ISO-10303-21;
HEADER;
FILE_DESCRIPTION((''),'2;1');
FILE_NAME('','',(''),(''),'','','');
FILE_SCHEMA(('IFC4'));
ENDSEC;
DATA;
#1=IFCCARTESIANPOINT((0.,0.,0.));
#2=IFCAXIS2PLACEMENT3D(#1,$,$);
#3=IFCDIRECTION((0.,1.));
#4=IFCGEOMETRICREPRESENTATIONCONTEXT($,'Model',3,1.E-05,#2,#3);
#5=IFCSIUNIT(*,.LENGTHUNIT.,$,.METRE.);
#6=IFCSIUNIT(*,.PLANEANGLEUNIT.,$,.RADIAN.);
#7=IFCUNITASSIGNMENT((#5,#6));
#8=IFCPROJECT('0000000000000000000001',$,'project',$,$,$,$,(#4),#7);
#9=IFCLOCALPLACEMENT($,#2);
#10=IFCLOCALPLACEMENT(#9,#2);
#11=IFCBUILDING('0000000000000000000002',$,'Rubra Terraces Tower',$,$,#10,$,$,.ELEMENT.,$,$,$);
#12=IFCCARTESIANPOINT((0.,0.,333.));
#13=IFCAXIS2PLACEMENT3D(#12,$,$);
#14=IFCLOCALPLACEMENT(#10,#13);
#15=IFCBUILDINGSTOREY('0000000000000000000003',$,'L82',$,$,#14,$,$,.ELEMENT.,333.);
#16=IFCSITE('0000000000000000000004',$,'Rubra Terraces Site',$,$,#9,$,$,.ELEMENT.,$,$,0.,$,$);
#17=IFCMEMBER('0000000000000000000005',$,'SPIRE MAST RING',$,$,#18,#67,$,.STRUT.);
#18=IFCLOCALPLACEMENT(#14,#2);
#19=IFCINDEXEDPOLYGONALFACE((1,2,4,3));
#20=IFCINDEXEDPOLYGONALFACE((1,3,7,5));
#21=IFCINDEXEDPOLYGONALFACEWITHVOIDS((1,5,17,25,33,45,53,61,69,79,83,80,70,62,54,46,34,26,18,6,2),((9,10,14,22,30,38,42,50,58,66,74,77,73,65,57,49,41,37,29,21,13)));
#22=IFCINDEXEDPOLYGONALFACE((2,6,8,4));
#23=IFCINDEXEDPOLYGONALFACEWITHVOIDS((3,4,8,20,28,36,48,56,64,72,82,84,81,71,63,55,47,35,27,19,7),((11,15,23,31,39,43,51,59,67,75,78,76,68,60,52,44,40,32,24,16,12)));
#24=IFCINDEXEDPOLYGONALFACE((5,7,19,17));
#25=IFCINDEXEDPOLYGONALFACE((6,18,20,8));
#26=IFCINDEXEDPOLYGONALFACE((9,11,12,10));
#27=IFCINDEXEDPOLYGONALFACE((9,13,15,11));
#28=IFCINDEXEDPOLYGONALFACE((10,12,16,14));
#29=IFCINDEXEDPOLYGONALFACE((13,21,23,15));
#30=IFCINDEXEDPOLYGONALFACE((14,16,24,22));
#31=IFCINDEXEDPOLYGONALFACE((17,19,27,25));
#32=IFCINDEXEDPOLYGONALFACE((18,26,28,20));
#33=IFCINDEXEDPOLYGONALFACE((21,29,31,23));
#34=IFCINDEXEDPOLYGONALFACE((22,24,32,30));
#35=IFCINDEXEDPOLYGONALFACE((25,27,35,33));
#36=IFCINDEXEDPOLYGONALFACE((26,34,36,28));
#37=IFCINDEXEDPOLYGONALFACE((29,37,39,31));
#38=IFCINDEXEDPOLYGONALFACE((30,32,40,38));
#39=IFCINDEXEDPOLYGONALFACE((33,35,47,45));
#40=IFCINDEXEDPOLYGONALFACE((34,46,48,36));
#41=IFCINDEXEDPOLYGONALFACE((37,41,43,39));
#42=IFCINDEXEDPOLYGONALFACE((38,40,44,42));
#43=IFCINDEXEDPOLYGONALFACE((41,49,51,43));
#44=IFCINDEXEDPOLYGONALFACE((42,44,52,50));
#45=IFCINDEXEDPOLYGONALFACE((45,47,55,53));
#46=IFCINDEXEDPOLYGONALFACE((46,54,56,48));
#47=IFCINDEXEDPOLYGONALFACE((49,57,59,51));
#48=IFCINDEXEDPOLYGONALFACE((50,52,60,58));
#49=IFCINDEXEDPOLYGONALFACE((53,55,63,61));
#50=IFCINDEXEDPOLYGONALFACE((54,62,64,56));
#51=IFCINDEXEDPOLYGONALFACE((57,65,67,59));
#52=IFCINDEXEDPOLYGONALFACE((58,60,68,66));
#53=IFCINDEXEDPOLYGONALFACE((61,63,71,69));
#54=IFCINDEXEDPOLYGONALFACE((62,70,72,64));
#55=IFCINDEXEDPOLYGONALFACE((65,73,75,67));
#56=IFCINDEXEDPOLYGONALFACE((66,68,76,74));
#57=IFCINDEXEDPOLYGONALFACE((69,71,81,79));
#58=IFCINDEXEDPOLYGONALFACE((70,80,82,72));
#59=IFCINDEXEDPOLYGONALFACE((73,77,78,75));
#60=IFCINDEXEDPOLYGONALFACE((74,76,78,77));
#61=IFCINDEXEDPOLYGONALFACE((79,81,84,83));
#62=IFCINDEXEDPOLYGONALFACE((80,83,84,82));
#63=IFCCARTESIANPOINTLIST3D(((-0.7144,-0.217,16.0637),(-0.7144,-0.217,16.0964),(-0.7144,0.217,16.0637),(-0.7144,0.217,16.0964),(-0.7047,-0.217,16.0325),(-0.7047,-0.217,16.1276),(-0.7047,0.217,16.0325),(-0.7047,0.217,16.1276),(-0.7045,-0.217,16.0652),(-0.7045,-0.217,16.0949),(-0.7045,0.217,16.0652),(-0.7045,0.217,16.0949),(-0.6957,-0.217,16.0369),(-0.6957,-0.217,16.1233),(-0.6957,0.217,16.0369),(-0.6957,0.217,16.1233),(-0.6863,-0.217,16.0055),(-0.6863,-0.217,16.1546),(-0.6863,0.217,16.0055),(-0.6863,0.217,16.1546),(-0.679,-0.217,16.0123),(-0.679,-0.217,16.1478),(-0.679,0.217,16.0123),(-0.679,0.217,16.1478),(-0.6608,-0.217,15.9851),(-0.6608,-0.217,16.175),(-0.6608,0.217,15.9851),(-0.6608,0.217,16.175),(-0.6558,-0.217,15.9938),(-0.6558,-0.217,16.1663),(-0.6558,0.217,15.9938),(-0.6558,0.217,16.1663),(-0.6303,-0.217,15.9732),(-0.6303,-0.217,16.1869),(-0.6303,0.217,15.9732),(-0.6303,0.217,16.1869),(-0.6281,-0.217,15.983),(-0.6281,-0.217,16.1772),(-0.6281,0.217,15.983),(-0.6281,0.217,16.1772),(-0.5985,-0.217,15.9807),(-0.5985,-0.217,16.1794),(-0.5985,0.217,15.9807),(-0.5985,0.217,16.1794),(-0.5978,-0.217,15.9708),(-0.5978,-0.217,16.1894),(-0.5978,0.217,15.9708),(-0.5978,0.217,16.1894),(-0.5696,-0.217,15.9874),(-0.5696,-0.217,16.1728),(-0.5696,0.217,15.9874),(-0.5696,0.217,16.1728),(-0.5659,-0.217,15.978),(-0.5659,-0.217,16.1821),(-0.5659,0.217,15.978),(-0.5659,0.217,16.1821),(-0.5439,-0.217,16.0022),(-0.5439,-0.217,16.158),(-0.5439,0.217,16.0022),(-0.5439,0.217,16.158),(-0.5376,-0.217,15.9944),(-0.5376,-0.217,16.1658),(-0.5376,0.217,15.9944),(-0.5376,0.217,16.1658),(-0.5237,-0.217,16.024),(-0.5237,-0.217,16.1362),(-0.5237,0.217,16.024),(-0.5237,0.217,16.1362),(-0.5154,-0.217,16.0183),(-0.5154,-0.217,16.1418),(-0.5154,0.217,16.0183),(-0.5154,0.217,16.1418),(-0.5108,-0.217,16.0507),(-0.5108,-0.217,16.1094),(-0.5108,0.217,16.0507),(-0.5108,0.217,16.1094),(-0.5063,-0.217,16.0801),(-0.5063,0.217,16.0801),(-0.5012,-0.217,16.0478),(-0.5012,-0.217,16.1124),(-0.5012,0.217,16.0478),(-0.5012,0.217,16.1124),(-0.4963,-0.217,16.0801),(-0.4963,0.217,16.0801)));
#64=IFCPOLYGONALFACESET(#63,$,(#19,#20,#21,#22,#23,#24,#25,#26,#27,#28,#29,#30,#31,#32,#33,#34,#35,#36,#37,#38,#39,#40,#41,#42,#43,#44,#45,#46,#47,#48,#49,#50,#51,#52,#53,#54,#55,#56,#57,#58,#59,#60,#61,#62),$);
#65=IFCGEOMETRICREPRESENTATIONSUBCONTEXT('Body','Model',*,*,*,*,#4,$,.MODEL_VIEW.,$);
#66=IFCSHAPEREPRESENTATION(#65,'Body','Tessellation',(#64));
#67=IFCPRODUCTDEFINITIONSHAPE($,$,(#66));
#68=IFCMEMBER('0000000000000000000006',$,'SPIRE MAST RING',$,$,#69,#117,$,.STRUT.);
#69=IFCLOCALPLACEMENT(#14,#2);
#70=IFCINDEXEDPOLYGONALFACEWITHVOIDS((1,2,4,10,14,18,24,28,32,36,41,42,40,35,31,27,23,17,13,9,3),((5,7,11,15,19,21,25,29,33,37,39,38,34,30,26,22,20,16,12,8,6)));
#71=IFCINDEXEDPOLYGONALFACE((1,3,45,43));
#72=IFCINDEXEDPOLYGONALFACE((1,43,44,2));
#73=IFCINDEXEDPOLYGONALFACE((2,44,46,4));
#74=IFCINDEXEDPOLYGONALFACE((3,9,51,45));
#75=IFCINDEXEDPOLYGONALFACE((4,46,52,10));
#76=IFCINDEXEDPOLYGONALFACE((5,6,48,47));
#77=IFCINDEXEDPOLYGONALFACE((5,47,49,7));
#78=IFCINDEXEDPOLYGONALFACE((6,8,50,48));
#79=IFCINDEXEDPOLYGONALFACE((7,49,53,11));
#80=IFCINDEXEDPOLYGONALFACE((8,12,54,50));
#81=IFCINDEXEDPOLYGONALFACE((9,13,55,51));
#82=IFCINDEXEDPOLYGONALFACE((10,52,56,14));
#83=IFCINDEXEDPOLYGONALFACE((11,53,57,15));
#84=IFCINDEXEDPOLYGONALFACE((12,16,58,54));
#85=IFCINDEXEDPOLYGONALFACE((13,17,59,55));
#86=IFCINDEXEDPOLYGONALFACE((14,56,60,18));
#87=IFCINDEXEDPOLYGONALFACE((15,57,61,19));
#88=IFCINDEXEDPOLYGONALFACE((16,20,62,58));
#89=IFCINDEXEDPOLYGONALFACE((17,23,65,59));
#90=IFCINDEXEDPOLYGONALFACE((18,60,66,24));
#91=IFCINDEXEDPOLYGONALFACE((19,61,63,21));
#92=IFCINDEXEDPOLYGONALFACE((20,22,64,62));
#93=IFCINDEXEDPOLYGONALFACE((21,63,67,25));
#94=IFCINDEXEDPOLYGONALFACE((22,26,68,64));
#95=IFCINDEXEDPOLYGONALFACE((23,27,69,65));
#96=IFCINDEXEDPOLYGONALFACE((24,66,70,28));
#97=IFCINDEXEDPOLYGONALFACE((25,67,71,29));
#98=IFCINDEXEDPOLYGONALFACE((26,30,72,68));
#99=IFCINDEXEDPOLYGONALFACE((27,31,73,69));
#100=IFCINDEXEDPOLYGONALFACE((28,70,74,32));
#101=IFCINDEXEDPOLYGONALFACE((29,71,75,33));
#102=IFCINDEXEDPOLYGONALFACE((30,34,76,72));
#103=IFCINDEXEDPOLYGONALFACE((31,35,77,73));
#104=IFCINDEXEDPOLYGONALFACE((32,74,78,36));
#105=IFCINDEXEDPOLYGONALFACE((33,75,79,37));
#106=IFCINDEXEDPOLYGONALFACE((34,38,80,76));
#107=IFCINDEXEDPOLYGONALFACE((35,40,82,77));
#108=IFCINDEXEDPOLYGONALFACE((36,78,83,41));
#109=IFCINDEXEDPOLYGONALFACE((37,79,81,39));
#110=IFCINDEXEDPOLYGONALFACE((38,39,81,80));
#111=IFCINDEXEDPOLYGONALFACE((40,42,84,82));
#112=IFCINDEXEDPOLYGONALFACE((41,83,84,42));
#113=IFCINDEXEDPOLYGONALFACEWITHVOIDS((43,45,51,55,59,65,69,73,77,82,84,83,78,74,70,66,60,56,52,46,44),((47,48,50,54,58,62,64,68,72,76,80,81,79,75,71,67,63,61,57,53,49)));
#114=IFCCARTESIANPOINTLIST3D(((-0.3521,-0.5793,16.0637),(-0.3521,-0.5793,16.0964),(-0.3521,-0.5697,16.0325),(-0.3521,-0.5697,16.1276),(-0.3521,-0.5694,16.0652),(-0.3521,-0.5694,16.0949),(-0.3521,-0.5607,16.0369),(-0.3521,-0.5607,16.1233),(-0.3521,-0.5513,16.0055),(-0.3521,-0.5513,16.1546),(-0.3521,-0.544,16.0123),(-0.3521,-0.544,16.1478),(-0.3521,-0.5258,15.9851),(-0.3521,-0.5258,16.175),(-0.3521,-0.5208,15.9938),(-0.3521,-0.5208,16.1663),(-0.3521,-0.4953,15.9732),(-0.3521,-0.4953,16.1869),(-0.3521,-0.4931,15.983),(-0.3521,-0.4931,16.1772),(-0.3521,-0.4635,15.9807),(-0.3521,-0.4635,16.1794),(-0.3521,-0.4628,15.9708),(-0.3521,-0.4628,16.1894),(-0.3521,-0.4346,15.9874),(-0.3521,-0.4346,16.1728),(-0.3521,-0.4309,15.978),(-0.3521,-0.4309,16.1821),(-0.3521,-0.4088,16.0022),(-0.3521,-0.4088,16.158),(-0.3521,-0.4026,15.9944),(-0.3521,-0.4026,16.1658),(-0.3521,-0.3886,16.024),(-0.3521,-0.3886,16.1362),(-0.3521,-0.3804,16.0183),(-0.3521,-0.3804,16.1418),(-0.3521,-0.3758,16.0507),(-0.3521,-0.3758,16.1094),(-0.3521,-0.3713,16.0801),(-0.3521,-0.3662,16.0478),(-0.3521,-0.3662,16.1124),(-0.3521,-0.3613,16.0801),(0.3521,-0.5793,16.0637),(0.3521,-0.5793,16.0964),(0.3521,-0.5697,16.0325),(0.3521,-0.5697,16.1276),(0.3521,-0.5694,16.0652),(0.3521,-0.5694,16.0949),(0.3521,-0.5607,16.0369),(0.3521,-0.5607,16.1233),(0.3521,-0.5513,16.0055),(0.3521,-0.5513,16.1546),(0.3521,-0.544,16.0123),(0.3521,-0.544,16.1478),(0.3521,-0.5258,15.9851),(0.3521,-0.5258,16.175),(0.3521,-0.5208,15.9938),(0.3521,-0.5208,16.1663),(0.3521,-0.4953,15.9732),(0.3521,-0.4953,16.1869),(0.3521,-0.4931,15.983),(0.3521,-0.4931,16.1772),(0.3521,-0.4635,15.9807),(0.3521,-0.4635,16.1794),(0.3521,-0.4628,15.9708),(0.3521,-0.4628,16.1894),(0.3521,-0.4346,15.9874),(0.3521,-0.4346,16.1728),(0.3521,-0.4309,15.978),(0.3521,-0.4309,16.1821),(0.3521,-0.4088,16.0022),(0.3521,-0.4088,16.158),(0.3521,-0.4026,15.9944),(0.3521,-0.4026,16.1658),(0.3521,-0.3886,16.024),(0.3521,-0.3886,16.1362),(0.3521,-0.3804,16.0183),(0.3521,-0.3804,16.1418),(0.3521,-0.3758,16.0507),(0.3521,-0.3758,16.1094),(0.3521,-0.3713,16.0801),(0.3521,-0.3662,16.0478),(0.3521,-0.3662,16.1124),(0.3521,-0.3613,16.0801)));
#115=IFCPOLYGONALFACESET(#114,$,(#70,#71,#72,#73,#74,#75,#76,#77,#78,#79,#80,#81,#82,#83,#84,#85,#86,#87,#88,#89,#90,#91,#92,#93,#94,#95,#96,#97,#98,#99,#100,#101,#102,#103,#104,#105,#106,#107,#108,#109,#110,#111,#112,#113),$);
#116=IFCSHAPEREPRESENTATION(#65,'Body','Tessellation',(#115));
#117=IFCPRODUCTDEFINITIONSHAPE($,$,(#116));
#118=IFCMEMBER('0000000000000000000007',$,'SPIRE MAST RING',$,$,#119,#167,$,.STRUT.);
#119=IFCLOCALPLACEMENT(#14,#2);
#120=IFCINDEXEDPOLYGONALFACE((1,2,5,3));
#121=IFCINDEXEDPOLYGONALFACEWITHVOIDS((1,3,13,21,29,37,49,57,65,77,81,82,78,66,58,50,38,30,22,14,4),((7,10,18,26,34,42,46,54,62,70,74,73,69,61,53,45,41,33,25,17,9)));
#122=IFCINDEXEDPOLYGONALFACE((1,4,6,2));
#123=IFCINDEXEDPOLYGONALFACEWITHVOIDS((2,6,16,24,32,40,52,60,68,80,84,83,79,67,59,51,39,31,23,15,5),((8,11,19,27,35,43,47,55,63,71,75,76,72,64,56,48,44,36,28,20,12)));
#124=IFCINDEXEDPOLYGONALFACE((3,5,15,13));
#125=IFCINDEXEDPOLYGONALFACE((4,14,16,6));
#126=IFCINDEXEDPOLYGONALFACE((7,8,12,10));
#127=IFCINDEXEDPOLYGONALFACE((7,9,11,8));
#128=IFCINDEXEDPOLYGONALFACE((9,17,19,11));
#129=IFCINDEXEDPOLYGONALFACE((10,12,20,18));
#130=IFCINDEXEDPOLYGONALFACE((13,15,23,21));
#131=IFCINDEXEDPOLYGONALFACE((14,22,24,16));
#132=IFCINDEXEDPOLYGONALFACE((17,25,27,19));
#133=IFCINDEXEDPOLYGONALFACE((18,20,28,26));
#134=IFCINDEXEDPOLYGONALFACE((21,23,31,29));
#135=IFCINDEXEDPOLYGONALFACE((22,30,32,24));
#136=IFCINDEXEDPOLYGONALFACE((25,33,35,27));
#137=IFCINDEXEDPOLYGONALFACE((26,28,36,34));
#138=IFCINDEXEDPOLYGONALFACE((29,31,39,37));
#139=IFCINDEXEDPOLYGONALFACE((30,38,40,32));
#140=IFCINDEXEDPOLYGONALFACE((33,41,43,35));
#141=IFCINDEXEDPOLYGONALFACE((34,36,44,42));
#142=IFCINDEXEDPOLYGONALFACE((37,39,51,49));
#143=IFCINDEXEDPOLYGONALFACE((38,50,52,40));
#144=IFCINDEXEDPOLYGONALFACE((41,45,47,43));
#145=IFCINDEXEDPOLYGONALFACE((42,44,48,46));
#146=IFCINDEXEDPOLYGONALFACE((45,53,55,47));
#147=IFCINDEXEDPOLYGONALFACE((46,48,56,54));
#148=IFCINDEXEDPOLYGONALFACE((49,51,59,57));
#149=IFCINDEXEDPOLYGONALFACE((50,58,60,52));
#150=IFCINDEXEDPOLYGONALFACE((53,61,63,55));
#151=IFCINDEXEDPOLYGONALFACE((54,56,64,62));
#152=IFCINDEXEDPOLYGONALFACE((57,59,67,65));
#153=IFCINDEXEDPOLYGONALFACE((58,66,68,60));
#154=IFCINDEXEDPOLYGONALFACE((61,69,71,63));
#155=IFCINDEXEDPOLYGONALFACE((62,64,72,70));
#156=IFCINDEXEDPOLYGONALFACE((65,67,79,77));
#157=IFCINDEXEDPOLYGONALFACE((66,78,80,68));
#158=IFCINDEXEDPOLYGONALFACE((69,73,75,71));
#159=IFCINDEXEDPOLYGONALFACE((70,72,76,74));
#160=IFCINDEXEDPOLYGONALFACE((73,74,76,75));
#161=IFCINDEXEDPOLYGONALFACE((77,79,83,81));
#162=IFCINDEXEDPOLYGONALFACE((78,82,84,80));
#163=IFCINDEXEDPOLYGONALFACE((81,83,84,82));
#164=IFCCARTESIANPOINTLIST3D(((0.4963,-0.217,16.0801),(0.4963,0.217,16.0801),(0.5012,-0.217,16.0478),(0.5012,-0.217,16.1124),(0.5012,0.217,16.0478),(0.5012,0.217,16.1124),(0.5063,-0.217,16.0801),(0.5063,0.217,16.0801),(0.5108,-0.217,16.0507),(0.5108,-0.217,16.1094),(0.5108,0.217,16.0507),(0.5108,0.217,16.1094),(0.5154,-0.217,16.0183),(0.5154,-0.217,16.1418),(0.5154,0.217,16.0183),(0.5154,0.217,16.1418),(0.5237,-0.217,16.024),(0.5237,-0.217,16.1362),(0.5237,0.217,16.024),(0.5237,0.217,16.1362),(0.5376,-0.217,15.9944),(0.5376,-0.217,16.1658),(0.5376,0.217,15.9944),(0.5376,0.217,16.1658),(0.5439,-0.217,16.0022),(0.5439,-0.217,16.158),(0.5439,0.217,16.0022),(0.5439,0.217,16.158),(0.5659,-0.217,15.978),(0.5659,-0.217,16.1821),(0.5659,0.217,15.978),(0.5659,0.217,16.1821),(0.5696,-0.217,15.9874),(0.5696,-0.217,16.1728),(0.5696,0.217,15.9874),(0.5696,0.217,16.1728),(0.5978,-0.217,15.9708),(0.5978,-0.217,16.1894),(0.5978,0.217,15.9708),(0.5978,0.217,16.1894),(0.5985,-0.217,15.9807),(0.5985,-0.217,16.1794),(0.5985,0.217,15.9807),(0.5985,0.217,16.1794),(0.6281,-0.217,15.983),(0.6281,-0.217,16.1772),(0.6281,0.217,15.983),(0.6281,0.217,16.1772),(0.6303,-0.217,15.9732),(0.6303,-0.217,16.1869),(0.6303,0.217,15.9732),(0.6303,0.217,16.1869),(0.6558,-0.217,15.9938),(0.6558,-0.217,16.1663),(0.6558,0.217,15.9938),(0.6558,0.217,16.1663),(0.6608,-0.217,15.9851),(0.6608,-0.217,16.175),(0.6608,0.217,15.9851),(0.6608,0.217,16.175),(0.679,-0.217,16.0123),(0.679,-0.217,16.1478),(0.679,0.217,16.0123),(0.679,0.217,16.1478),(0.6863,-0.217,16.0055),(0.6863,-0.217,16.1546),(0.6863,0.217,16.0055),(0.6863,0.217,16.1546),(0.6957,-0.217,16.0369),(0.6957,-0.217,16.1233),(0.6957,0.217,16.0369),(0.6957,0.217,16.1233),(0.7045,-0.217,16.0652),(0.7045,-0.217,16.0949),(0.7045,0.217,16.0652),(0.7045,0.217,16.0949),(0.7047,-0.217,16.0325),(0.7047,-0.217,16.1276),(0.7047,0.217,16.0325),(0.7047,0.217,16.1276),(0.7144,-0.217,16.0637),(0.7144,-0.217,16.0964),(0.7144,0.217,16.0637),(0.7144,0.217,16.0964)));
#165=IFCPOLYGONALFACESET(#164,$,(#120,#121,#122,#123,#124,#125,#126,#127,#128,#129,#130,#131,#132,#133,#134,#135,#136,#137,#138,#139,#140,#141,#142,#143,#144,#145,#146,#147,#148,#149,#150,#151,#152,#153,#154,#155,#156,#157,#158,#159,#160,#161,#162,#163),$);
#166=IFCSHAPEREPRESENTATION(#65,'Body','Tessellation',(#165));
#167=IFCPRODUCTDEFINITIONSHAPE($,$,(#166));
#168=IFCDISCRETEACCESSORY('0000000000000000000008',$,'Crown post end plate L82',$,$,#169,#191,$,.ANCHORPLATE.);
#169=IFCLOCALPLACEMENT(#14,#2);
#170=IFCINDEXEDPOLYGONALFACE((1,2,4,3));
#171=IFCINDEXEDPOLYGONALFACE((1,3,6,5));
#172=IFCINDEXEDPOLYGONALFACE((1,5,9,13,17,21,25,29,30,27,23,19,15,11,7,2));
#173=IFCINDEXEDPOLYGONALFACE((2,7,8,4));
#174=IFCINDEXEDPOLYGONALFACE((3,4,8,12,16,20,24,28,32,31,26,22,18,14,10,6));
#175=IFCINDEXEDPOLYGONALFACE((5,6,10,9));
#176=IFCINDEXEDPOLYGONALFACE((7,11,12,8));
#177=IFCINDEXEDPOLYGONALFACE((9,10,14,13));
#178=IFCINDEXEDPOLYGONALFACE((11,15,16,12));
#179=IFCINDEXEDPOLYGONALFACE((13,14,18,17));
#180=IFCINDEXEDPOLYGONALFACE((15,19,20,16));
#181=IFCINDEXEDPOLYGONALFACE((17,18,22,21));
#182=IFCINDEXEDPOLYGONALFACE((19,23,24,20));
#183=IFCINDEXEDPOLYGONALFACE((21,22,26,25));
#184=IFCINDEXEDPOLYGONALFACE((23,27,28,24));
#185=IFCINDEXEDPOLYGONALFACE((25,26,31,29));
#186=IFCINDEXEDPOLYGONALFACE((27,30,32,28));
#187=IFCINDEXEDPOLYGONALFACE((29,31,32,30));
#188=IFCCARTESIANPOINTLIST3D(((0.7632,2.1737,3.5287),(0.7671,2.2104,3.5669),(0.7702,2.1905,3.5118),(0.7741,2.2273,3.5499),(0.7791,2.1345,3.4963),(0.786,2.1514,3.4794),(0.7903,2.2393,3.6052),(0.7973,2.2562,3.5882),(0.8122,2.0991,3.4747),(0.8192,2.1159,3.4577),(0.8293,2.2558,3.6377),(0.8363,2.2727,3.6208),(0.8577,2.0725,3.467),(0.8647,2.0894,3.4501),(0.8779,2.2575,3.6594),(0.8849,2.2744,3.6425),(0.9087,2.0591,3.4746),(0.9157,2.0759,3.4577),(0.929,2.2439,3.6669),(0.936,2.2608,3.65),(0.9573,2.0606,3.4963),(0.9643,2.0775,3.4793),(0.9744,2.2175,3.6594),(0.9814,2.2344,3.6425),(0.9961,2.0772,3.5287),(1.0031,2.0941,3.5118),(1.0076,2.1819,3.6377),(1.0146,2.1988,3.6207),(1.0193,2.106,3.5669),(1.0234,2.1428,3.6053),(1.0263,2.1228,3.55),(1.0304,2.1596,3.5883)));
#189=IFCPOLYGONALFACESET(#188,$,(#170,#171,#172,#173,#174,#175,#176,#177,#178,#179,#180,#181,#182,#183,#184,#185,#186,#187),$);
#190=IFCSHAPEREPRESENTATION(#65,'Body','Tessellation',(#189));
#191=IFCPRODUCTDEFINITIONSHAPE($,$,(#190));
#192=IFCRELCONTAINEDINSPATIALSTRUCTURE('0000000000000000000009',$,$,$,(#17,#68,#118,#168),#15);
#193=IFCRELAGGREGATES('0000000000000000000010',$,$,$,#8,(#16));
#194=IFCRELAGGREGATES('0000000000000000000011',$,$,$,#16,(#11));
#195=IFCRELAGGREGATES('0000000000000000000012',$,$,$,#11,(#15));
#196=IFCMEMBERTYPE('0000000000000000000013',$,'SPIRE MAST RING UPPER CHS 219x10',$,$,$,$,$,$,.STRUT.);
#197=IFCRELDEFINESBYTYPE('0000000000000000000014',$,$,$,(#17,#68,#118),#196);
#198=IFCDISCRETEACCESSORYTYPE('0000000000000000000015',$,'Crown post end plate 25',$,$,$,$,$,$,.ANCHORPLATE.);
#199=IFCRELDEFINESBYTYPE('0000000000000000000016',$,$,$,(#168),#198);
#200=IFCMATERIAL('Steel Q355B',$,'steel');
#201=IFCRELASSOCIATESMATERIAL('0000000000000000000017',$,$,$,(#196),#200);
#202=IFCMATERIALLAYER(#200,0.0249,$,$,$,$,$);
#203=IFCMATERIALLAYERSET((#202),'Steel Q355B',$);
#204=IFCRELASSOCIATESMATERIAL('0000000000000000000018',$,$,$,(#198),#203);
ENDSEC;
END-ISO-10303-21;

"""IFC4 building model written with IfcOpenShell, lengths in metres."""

from ifc_helpers import new_model, si_unit, direction, frame, origin, origin_2d, place, context, subcontext, project, spatial, polyline, hollow_circle, outline, extrude, material, layer, layer_set, material_profile, profile_set, type_object, element, save


model = new_model("IFC4")

# Units and contexts
model_context = context("Model", 3, precision=1e-05, world=origin(), true_north=direction((0.0, 1.0)))
body_context = subcontext(model_context, "Body", "Model", "MODEL_VIEW")
ifc_project = project(units=[si_unit("LENGTHUNIT", "METRE"), si_unit("PLANEANGLEUNIT", "RADIAN")], contexts=[model_context])

# Site, building, storey
site_placement = place(None, origin())
site = spatial("IfcSite", under=ifc_project, at=site_placement, Name="Rubra Terraces Site", CompositionType="ELEMENT", RefElevation=0.0)
building_placement = place(site_placement, origin())
building = spatial("IfcBuilding", under=site, at=building_placement, Name="Rubra Terraces Tower", CompositionType="ELEMENT")
storey_placement = place(building_placement, frame((0.0, 0.0, 333.0)))
storey = spatial("IfcBuildingStorey", under=building, at=storey_placement, Name="L82", CompositionType="ELEMENT", Elevation=333.0)

# Members
ifc_material_1 = material(Name="Steel Q355B", Category="steel")
ifc_material_profile_1 = material_profile(ifc_material_1, hollow_circle(Radius=0.1096, WallThickness=0.01, at=origin_2d()), Name="CHS 219x10")
ifc_profile_set_1 = profile_set([ifc_material_profile_1], Name="Steel Q355B")
member_type_1 = type_object("IfcMemberType", Name="SPIRE MAST RING UPPER CHS 219x10", PredefinedType="STRUT", material=ifc_profile_set_1)
member_1_placement = place(storey_placement, frame((-0.606, 0.217, 16.0801), z_axis=(0.0, -1.0, 0.0), x_axis=(1.0, 0.0, 0.0)))
element("IfcMember", 1, at=member_1_placement, inside=storey, type_object=member_type_1, Name="SPIRE MAST RING", PredefinedType="STRUT", context=body_context, shape_type="SweptSolid", body=[
    extrude(hollow_circle(Radius=0.1096, WallThickness=0.01, at=origin_2d()), origin(), (0.0, 0.0, 1.0), 0.4341),
])
member_2_placement = place(storey_placement, frame((-0.3521, -0.4709, 16.0801), z_axis=(1.0, 0.0, 0.0), x_axis=(0.0, 1.0, 0.0)))
element("IfcMember", 2, at=member_2_placement, inside=storey, type_object=member_type_1, Name="SPIRE MAST RING", PredefinedType="STRUT", context=body_context, shape_type="SweptSolid", body=[
    extrude(hollow_circle(Radius=0.1096, WallThickness=0.01, at=origin_2d()), origin(), (0.0, 0.0, 1.0), 0.7041),
])
member_3_placement = place(storey_placement, frame((0.606, -0.217, 16.0801), z_axis=(0.0, 1.0, 0.0), x_axis=(-1.0, 0.0, 0.0)))
element("IfcMember", 3, at=member_3_placement, inside=storey, type_object=member_type_1, Name="SPIRE MAST RING", PredefinedType="STRUT", context=body_context, shape_type="SweptSolid", body=[
    extrude(hollow_circle(Radius=0.1096, WallThickness=0.01, at=origin_2d()), origin(), (0.0, 0.0, 1.0), 0.4341),
])

# Discrete accessory
ifc_layer_1 = layer(ifc_material_1, 0.0249)
ifc_layer_set_1 = layer_set([ifc_layer_1], Name="Steel Q355B")
discrete_accessory_type_1 = type_object("IfcDiscreteAccessoryType", Name="Crown post end plate 25", PredefinedType="ANCHORPLATE", material=ifc_layer_set_1)
discrete_accessory_1_placement = place(storey_placement, frame((0.7671, 2.2104, 3.5669), z_axis=(-0.280514, -0.676975, 0.680453), x_axis=(-0.072773, -0.691875, -0.71834)))
element("IfcDiscreteAccessory", 4, at=discrete_accessory_1_placement, inside=storey, type_object=discrete_accessory_type_1, Name="Crown post end plate L82", PredefinedType="ANCHORPLATE", context=body_context, shape_type="SweptSolid", body=[
    extrude(outline(polyline([(0.0, 0.0), (0.0531, 0.0), (0.1023, 0.0203), (0.14, 0.0578), (0.1606, 0.1069), (0.1607, 0.1602), (0.1406, 0.2094), (0.1029, 0.2471), (0.0539, 0.2676), (0.0006, 0.2679), (-0.0486, 0.2476), (-0.0865, 0.21), (-0.1068, 0.161), (-0.1071, 0.1077), (-0.0868, 0.0584), (-0.0492, 0.0205), (0.0, 0.0)])), origin(), (0.0, 0.0, -1.0), 0.0249),
])

save(model, "model.ifc")
